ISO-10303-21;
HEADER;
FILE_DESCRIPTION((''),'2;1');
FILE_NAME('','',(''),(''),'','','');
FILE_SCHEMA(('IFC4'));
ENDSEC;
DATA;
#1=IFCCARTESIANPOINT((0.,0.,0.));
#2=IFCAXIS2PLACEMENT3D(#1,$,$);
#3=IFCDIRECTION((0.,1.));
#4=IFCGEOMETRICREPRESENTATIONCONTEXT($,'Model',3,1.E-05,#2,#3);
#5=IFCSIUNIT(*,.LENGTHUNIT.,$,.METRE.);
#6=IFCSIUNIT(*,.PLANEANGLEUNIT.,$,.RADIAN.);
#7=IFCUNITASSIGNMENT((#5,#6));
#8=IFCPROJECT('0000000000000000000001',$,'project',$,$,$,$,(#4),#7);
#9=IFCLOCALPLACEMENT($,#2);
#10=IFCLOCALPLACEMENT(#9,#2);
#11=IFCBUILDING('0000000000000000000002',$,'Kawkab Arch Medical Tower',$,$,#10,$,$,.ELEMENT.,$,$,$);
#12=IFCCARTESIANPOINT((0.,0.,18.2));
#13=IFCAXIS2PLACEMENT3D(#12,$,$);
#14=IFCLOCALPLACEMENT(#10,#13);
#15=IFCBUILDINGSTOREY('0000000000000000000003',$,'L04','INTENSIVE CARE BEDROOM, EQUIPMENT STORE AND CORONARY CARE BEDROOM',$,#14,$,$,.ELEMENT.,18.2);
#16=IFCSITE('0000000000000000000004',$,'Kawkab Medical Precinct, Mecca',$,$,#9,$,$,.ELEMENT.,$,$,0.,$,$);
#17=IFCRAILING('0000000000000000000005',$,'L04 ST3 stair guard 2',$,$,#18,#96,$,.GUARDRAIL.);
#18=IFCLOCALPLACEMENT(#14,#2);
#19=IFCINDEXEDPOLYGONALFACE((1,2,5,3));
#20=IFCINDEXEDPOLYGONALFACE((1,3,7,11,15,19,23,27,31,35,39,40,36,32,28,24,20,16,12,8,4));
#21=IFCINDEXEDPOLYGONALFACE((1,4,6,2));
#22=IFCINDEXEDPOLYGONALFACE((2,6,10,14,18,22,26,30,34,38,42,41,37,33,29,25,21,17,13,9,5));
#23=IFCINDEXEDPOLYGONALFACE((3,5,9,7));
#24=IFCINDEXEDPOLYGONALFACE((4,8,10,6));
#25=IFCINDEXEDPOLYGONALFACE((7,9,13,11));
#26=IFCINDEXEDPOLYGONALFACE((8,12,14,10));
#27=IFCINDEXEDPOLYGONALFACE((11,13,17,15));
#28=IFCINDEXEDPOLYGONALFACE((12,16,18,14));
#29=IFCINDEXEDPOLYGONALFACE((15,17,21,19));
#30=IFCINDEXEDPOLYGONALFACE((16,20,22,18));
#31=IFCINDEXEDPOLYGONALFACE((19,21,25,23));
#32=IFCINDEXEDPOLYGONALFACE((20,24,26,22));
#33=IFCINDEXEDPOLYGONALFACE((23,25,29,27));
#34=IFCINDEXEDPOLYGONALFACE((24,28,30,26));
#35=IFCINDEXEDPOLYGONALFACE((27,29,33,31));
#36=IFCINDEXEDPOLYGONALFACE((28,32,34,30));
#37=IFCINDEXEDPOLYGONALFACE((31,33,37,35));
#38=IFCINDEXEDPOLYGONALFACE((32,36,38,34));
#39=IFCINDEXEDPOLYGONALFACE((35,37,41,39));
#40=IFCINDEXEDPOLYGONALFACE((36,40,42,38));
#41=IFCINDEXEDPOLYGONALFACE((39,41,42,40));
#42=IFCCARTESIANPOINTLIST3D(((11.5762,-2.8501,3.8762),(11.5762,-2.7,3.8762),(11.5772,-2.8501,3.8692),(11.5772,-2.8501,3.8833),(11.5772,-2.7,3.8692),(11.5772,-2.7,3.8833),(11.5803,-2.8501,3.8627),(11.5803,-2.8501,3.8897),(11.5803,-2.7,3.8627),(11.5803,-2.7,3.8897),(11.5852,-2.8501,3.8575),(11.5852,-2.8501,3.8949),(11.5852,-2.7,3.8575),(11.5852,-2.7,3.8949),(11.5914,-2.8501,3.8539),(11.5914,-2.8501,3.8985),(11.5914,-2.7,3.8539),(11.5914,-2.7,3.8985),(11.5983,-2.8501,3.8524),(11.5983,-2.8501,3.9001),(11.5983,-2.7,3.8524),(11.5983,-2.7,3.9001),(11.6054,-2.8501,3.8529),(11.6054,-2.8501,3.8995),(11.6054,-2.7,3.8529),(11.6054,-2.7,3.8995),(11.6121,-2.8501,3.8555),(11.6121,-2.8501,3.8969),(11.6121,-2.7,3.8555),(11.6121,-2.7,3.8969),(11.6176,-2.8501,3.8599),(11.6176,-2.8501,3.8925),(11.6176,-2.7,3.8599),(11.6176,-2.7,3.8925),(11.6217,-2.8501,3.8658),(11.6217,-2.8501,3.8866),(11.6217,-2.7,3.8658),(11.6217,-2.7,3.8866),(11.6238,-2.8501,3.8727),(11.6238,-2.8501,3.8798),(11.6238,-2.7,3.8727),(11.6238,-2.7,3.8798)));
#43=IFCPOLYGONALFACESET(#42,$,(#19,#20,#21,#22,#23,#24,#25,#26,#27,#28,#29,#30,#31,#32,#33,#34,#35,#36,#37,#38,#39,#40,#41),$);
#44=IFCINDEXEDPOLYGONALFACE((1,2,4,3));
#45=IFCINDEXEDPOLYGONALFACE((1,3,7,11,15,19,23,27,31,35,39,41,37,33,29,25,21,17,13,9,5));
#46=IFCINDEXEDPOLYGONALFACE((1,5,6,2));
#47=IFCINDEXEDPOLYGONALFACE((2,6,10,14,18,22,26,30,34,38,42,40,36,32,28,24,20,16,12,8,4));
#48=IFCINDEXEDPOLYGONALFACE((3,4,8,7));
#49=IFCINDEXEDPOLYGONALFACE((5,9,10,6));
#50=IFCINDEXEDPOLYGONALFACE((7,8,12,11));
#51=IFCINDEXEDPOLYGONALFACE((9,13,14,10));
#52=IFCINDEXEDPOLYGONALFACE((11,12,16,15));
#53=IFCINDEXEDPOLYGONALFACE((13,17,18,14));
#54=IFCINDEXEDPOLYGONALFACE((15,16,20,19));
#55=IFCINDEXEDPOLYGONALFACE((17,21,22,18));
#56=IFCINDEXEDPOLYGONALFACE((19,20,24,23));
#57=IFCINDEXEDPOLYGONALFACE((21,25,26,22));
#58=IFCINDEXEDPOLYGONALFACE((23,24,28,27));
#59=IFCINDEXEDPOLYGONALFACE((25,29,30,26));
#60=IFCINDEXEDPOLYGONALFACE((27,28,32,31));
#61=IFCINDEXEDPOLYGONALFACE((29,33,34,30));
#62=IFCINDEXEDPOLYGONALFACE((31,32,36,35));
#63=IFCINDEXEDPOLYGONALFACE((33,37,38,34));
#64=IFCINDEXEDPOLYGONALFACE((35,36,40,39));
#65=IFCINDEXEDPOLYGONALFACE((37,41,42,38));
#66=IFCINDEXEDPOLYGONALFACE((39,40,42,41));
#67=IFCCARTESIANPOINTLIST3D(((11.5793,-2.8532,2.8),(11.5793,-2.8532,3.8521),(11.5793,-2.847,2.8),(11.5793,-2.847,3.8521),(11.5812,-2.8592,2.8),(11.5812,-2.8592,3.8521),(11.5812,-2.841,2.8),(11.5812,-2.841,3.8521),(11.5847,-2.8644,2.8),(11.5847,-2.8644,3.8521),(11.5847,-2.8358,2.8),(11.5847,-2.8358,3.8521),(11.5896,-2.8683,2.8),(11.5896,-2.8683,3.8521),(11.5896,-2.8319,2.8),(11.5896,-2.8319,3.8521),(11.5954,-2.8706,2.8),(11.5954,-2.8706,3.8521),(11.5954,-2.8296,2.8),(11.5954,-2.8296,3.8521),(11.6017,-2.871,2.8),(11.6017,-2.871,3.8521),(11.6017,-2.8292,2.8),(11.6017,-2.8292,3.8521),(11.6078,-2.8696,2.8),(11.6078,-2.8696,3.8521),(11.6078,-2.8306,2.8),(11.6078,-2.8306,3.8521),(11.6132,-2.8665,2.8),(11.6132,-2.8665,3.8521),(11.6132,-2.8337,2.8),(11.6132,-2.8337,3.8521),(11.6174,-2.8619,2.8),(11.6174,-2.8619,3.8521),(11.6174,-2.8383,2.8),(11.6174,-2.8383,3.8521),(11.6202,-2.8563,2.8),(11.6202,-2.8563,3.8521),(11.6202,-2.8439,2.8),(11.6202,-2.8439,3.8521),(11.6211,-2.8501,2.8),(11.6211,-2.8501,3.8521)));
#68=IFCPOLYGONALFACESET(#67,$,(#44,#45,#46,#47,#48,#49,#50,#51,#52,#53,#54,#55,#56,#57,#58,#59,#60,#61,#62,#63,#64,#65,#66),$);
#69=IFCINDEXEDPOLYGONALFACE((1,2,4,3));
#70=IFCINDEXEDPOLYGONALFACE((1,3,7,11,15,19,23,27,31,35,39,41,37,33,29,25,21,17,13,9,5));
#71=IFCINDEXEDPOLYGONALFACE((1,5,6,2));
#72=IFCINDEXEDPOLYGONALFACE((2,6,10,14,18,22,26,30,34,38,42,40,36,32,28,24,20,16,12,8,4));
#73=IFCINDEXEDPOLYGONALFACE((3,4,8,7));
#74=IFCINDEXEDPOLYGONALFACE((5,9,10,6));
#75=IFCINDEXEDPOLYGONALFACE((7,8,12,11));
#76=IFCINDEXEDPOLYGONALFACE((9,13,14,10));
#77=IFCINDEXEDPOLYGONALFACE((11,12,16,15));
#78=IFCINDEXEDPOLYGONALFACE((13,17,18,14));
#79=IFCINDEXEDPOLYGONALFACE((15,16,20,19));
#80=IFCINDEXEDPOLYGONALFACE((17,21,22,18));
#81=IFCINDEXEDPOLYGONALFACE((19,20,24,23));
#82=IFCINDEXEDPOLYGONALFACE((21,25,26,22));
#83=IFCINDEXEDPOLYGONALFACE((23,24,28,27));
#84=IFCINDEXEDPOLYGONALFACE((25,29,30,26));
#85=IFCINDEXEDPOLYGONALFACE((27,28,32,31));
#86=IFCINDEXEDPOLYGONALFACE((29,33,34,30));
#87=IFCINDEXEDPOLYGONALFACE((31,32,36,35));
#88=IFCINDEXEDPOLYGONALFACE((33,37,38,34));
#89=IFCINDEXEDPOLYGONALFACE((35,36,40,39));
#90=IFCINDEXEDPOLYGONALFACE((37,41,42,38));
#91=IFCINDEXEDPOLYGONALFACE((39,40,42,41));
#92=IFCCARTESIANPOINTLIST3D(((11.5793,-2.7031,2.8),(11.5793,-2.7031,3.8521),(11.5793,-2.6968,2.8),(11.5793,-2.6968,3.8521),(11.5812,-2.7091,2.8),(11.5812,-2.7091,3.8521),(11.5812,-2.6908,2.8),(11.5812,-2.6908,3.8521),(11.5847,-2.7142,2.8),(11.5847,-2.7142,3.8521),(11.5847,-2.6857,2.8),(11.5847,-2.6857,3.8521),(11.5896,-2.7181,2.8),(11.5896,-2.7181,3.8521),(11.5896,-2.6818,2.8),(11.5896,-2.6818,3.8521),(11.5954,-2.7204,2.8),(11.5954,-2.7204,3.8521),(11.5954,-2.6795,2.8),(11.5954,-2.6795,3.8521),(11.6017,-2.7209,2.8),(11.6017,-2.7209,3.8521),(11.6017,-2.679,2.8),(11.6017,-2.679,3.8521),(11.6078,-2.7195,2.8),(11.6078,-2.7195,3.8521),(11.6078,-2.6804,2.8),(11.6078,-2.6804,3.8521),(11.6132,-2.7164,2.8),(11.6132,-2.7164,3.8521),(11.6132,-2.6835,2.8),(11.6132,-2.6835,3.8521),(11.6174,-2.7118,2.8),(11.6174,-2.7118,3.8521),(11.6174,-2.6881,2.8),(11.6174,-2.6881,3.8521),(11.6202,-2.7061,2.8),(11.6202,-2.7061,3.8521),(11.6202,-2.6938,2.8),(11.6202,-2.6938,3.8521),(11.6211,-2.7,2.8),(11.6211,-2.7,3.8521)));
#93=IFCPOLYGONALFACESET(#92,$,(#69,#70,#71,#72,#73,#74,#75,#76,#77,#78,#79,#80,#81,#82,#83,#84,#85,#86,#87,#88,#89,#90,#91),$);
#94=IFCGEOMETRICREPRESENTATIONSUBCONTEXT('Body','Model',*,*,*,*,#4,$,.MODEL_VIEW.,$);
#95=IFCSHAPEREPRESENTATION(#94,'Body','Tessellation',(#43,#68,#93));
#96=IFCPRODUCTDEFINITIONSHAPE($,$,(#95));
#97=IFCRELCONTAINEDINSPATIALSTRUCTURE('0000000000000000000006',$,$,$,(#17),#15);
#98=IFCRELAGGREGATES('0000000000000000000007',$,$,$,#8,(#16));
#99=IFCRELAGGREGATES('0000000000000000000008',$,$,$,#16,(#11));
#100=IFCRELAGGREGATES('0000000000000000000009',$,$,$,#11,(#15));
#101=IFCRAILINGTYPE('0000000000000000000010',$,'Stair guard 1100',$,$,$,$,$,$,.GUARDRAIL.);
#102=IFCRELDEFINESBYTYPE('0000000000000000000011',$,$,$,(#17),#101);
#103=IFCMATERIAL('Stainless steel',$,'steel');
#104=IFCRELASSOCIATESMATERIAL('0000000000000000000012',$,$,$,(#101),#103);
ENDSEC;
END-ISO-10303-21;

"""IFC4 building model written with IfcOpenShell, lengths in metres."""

from ifc_helpers import new_model, si_unit, direction, frame, origin, origin_2d, place, context, subcontext, project, spatial, circle, extrude, material, type_object, element, save


model = new_model("IFC4")

# Units and contexts
model_context = context("Model", 3, precision=1e-05, world=origin(), true_north=direction((0.0, 1.0)))
body_context = subcontext(model_context, "Body", "Model", "MODEL_VIEW")
ifc_project = project(units=[si_unit("LENGTHUNIT", "METRE"), si_unit("PLANEANGLEUNIT", "RADIAN")], contexts=[model_context])

# Site, building, storey
site_placement = place(None, origin())
site = spatial("IfcSite", under=ifc_project, at=site_placement, Name="Kawkab Medical Precinct, Mecca", CompositionType="ELEMENT", RefElevation=0.0)
building_placement = place(site_placement, origin())
building = spatial("IfcBuilding", under=site, at=building_placement, Name="Kawkab Arch Medical Tower", CompositionType="ELEMENT")
storey_placement = place(building_placement, frame((0.0, 0.0, 18.2)))
storey = spatial("IfcBuildingStorey", under=building, at=storey_placement, Name="L04", Description="INTENSIVE CARE BEDROOM, EQUIPMENT STORE AND CORONARY CARE BEDROOM", CompositionType="ELEMENT", Elevation=18.2)

# Railing
ifc_material_1 = material(Name="Stainless steel", Category="steel")
railing_type = type_object("IfcRailingType", Name="Stair guard 1100", PredefinedType="GUARDRAIL", material=ifc_material_1)
railing_1_placement = place(storey_placement, frame((11.6001, -2.8501, 2.8)))
element("IfcRailing", 1, at=railing_1_placement, inside=storey, type_object=railing_type, Name="L04 ST3 stair guard 2", PredefinedType="GUARDRAIL", context=body_context, shape_type="SweptSolid", body=[
    extrude(circle(Radius=0.0239, at=origin_2d()), frame((0.0, 0.0, 1.0762), z_axis=(0.0, 1.0, 0.0), x_axis=(-1.0, 0.0, 0.0)), (0.0, 0.0, 1.0), 0.1501),
    extrude(circle(Radius=0.021, at=origin_2d()), origin(), (0.0, 0.0, 1.0), 1.052),
    extrude(circle(Radius=0.021, at=origin_2d()), frame((0.0, 0.1501, 0.0)), (0.0, 0.0, 1.0), 1.052),
])

save(model, "model.ifc")
